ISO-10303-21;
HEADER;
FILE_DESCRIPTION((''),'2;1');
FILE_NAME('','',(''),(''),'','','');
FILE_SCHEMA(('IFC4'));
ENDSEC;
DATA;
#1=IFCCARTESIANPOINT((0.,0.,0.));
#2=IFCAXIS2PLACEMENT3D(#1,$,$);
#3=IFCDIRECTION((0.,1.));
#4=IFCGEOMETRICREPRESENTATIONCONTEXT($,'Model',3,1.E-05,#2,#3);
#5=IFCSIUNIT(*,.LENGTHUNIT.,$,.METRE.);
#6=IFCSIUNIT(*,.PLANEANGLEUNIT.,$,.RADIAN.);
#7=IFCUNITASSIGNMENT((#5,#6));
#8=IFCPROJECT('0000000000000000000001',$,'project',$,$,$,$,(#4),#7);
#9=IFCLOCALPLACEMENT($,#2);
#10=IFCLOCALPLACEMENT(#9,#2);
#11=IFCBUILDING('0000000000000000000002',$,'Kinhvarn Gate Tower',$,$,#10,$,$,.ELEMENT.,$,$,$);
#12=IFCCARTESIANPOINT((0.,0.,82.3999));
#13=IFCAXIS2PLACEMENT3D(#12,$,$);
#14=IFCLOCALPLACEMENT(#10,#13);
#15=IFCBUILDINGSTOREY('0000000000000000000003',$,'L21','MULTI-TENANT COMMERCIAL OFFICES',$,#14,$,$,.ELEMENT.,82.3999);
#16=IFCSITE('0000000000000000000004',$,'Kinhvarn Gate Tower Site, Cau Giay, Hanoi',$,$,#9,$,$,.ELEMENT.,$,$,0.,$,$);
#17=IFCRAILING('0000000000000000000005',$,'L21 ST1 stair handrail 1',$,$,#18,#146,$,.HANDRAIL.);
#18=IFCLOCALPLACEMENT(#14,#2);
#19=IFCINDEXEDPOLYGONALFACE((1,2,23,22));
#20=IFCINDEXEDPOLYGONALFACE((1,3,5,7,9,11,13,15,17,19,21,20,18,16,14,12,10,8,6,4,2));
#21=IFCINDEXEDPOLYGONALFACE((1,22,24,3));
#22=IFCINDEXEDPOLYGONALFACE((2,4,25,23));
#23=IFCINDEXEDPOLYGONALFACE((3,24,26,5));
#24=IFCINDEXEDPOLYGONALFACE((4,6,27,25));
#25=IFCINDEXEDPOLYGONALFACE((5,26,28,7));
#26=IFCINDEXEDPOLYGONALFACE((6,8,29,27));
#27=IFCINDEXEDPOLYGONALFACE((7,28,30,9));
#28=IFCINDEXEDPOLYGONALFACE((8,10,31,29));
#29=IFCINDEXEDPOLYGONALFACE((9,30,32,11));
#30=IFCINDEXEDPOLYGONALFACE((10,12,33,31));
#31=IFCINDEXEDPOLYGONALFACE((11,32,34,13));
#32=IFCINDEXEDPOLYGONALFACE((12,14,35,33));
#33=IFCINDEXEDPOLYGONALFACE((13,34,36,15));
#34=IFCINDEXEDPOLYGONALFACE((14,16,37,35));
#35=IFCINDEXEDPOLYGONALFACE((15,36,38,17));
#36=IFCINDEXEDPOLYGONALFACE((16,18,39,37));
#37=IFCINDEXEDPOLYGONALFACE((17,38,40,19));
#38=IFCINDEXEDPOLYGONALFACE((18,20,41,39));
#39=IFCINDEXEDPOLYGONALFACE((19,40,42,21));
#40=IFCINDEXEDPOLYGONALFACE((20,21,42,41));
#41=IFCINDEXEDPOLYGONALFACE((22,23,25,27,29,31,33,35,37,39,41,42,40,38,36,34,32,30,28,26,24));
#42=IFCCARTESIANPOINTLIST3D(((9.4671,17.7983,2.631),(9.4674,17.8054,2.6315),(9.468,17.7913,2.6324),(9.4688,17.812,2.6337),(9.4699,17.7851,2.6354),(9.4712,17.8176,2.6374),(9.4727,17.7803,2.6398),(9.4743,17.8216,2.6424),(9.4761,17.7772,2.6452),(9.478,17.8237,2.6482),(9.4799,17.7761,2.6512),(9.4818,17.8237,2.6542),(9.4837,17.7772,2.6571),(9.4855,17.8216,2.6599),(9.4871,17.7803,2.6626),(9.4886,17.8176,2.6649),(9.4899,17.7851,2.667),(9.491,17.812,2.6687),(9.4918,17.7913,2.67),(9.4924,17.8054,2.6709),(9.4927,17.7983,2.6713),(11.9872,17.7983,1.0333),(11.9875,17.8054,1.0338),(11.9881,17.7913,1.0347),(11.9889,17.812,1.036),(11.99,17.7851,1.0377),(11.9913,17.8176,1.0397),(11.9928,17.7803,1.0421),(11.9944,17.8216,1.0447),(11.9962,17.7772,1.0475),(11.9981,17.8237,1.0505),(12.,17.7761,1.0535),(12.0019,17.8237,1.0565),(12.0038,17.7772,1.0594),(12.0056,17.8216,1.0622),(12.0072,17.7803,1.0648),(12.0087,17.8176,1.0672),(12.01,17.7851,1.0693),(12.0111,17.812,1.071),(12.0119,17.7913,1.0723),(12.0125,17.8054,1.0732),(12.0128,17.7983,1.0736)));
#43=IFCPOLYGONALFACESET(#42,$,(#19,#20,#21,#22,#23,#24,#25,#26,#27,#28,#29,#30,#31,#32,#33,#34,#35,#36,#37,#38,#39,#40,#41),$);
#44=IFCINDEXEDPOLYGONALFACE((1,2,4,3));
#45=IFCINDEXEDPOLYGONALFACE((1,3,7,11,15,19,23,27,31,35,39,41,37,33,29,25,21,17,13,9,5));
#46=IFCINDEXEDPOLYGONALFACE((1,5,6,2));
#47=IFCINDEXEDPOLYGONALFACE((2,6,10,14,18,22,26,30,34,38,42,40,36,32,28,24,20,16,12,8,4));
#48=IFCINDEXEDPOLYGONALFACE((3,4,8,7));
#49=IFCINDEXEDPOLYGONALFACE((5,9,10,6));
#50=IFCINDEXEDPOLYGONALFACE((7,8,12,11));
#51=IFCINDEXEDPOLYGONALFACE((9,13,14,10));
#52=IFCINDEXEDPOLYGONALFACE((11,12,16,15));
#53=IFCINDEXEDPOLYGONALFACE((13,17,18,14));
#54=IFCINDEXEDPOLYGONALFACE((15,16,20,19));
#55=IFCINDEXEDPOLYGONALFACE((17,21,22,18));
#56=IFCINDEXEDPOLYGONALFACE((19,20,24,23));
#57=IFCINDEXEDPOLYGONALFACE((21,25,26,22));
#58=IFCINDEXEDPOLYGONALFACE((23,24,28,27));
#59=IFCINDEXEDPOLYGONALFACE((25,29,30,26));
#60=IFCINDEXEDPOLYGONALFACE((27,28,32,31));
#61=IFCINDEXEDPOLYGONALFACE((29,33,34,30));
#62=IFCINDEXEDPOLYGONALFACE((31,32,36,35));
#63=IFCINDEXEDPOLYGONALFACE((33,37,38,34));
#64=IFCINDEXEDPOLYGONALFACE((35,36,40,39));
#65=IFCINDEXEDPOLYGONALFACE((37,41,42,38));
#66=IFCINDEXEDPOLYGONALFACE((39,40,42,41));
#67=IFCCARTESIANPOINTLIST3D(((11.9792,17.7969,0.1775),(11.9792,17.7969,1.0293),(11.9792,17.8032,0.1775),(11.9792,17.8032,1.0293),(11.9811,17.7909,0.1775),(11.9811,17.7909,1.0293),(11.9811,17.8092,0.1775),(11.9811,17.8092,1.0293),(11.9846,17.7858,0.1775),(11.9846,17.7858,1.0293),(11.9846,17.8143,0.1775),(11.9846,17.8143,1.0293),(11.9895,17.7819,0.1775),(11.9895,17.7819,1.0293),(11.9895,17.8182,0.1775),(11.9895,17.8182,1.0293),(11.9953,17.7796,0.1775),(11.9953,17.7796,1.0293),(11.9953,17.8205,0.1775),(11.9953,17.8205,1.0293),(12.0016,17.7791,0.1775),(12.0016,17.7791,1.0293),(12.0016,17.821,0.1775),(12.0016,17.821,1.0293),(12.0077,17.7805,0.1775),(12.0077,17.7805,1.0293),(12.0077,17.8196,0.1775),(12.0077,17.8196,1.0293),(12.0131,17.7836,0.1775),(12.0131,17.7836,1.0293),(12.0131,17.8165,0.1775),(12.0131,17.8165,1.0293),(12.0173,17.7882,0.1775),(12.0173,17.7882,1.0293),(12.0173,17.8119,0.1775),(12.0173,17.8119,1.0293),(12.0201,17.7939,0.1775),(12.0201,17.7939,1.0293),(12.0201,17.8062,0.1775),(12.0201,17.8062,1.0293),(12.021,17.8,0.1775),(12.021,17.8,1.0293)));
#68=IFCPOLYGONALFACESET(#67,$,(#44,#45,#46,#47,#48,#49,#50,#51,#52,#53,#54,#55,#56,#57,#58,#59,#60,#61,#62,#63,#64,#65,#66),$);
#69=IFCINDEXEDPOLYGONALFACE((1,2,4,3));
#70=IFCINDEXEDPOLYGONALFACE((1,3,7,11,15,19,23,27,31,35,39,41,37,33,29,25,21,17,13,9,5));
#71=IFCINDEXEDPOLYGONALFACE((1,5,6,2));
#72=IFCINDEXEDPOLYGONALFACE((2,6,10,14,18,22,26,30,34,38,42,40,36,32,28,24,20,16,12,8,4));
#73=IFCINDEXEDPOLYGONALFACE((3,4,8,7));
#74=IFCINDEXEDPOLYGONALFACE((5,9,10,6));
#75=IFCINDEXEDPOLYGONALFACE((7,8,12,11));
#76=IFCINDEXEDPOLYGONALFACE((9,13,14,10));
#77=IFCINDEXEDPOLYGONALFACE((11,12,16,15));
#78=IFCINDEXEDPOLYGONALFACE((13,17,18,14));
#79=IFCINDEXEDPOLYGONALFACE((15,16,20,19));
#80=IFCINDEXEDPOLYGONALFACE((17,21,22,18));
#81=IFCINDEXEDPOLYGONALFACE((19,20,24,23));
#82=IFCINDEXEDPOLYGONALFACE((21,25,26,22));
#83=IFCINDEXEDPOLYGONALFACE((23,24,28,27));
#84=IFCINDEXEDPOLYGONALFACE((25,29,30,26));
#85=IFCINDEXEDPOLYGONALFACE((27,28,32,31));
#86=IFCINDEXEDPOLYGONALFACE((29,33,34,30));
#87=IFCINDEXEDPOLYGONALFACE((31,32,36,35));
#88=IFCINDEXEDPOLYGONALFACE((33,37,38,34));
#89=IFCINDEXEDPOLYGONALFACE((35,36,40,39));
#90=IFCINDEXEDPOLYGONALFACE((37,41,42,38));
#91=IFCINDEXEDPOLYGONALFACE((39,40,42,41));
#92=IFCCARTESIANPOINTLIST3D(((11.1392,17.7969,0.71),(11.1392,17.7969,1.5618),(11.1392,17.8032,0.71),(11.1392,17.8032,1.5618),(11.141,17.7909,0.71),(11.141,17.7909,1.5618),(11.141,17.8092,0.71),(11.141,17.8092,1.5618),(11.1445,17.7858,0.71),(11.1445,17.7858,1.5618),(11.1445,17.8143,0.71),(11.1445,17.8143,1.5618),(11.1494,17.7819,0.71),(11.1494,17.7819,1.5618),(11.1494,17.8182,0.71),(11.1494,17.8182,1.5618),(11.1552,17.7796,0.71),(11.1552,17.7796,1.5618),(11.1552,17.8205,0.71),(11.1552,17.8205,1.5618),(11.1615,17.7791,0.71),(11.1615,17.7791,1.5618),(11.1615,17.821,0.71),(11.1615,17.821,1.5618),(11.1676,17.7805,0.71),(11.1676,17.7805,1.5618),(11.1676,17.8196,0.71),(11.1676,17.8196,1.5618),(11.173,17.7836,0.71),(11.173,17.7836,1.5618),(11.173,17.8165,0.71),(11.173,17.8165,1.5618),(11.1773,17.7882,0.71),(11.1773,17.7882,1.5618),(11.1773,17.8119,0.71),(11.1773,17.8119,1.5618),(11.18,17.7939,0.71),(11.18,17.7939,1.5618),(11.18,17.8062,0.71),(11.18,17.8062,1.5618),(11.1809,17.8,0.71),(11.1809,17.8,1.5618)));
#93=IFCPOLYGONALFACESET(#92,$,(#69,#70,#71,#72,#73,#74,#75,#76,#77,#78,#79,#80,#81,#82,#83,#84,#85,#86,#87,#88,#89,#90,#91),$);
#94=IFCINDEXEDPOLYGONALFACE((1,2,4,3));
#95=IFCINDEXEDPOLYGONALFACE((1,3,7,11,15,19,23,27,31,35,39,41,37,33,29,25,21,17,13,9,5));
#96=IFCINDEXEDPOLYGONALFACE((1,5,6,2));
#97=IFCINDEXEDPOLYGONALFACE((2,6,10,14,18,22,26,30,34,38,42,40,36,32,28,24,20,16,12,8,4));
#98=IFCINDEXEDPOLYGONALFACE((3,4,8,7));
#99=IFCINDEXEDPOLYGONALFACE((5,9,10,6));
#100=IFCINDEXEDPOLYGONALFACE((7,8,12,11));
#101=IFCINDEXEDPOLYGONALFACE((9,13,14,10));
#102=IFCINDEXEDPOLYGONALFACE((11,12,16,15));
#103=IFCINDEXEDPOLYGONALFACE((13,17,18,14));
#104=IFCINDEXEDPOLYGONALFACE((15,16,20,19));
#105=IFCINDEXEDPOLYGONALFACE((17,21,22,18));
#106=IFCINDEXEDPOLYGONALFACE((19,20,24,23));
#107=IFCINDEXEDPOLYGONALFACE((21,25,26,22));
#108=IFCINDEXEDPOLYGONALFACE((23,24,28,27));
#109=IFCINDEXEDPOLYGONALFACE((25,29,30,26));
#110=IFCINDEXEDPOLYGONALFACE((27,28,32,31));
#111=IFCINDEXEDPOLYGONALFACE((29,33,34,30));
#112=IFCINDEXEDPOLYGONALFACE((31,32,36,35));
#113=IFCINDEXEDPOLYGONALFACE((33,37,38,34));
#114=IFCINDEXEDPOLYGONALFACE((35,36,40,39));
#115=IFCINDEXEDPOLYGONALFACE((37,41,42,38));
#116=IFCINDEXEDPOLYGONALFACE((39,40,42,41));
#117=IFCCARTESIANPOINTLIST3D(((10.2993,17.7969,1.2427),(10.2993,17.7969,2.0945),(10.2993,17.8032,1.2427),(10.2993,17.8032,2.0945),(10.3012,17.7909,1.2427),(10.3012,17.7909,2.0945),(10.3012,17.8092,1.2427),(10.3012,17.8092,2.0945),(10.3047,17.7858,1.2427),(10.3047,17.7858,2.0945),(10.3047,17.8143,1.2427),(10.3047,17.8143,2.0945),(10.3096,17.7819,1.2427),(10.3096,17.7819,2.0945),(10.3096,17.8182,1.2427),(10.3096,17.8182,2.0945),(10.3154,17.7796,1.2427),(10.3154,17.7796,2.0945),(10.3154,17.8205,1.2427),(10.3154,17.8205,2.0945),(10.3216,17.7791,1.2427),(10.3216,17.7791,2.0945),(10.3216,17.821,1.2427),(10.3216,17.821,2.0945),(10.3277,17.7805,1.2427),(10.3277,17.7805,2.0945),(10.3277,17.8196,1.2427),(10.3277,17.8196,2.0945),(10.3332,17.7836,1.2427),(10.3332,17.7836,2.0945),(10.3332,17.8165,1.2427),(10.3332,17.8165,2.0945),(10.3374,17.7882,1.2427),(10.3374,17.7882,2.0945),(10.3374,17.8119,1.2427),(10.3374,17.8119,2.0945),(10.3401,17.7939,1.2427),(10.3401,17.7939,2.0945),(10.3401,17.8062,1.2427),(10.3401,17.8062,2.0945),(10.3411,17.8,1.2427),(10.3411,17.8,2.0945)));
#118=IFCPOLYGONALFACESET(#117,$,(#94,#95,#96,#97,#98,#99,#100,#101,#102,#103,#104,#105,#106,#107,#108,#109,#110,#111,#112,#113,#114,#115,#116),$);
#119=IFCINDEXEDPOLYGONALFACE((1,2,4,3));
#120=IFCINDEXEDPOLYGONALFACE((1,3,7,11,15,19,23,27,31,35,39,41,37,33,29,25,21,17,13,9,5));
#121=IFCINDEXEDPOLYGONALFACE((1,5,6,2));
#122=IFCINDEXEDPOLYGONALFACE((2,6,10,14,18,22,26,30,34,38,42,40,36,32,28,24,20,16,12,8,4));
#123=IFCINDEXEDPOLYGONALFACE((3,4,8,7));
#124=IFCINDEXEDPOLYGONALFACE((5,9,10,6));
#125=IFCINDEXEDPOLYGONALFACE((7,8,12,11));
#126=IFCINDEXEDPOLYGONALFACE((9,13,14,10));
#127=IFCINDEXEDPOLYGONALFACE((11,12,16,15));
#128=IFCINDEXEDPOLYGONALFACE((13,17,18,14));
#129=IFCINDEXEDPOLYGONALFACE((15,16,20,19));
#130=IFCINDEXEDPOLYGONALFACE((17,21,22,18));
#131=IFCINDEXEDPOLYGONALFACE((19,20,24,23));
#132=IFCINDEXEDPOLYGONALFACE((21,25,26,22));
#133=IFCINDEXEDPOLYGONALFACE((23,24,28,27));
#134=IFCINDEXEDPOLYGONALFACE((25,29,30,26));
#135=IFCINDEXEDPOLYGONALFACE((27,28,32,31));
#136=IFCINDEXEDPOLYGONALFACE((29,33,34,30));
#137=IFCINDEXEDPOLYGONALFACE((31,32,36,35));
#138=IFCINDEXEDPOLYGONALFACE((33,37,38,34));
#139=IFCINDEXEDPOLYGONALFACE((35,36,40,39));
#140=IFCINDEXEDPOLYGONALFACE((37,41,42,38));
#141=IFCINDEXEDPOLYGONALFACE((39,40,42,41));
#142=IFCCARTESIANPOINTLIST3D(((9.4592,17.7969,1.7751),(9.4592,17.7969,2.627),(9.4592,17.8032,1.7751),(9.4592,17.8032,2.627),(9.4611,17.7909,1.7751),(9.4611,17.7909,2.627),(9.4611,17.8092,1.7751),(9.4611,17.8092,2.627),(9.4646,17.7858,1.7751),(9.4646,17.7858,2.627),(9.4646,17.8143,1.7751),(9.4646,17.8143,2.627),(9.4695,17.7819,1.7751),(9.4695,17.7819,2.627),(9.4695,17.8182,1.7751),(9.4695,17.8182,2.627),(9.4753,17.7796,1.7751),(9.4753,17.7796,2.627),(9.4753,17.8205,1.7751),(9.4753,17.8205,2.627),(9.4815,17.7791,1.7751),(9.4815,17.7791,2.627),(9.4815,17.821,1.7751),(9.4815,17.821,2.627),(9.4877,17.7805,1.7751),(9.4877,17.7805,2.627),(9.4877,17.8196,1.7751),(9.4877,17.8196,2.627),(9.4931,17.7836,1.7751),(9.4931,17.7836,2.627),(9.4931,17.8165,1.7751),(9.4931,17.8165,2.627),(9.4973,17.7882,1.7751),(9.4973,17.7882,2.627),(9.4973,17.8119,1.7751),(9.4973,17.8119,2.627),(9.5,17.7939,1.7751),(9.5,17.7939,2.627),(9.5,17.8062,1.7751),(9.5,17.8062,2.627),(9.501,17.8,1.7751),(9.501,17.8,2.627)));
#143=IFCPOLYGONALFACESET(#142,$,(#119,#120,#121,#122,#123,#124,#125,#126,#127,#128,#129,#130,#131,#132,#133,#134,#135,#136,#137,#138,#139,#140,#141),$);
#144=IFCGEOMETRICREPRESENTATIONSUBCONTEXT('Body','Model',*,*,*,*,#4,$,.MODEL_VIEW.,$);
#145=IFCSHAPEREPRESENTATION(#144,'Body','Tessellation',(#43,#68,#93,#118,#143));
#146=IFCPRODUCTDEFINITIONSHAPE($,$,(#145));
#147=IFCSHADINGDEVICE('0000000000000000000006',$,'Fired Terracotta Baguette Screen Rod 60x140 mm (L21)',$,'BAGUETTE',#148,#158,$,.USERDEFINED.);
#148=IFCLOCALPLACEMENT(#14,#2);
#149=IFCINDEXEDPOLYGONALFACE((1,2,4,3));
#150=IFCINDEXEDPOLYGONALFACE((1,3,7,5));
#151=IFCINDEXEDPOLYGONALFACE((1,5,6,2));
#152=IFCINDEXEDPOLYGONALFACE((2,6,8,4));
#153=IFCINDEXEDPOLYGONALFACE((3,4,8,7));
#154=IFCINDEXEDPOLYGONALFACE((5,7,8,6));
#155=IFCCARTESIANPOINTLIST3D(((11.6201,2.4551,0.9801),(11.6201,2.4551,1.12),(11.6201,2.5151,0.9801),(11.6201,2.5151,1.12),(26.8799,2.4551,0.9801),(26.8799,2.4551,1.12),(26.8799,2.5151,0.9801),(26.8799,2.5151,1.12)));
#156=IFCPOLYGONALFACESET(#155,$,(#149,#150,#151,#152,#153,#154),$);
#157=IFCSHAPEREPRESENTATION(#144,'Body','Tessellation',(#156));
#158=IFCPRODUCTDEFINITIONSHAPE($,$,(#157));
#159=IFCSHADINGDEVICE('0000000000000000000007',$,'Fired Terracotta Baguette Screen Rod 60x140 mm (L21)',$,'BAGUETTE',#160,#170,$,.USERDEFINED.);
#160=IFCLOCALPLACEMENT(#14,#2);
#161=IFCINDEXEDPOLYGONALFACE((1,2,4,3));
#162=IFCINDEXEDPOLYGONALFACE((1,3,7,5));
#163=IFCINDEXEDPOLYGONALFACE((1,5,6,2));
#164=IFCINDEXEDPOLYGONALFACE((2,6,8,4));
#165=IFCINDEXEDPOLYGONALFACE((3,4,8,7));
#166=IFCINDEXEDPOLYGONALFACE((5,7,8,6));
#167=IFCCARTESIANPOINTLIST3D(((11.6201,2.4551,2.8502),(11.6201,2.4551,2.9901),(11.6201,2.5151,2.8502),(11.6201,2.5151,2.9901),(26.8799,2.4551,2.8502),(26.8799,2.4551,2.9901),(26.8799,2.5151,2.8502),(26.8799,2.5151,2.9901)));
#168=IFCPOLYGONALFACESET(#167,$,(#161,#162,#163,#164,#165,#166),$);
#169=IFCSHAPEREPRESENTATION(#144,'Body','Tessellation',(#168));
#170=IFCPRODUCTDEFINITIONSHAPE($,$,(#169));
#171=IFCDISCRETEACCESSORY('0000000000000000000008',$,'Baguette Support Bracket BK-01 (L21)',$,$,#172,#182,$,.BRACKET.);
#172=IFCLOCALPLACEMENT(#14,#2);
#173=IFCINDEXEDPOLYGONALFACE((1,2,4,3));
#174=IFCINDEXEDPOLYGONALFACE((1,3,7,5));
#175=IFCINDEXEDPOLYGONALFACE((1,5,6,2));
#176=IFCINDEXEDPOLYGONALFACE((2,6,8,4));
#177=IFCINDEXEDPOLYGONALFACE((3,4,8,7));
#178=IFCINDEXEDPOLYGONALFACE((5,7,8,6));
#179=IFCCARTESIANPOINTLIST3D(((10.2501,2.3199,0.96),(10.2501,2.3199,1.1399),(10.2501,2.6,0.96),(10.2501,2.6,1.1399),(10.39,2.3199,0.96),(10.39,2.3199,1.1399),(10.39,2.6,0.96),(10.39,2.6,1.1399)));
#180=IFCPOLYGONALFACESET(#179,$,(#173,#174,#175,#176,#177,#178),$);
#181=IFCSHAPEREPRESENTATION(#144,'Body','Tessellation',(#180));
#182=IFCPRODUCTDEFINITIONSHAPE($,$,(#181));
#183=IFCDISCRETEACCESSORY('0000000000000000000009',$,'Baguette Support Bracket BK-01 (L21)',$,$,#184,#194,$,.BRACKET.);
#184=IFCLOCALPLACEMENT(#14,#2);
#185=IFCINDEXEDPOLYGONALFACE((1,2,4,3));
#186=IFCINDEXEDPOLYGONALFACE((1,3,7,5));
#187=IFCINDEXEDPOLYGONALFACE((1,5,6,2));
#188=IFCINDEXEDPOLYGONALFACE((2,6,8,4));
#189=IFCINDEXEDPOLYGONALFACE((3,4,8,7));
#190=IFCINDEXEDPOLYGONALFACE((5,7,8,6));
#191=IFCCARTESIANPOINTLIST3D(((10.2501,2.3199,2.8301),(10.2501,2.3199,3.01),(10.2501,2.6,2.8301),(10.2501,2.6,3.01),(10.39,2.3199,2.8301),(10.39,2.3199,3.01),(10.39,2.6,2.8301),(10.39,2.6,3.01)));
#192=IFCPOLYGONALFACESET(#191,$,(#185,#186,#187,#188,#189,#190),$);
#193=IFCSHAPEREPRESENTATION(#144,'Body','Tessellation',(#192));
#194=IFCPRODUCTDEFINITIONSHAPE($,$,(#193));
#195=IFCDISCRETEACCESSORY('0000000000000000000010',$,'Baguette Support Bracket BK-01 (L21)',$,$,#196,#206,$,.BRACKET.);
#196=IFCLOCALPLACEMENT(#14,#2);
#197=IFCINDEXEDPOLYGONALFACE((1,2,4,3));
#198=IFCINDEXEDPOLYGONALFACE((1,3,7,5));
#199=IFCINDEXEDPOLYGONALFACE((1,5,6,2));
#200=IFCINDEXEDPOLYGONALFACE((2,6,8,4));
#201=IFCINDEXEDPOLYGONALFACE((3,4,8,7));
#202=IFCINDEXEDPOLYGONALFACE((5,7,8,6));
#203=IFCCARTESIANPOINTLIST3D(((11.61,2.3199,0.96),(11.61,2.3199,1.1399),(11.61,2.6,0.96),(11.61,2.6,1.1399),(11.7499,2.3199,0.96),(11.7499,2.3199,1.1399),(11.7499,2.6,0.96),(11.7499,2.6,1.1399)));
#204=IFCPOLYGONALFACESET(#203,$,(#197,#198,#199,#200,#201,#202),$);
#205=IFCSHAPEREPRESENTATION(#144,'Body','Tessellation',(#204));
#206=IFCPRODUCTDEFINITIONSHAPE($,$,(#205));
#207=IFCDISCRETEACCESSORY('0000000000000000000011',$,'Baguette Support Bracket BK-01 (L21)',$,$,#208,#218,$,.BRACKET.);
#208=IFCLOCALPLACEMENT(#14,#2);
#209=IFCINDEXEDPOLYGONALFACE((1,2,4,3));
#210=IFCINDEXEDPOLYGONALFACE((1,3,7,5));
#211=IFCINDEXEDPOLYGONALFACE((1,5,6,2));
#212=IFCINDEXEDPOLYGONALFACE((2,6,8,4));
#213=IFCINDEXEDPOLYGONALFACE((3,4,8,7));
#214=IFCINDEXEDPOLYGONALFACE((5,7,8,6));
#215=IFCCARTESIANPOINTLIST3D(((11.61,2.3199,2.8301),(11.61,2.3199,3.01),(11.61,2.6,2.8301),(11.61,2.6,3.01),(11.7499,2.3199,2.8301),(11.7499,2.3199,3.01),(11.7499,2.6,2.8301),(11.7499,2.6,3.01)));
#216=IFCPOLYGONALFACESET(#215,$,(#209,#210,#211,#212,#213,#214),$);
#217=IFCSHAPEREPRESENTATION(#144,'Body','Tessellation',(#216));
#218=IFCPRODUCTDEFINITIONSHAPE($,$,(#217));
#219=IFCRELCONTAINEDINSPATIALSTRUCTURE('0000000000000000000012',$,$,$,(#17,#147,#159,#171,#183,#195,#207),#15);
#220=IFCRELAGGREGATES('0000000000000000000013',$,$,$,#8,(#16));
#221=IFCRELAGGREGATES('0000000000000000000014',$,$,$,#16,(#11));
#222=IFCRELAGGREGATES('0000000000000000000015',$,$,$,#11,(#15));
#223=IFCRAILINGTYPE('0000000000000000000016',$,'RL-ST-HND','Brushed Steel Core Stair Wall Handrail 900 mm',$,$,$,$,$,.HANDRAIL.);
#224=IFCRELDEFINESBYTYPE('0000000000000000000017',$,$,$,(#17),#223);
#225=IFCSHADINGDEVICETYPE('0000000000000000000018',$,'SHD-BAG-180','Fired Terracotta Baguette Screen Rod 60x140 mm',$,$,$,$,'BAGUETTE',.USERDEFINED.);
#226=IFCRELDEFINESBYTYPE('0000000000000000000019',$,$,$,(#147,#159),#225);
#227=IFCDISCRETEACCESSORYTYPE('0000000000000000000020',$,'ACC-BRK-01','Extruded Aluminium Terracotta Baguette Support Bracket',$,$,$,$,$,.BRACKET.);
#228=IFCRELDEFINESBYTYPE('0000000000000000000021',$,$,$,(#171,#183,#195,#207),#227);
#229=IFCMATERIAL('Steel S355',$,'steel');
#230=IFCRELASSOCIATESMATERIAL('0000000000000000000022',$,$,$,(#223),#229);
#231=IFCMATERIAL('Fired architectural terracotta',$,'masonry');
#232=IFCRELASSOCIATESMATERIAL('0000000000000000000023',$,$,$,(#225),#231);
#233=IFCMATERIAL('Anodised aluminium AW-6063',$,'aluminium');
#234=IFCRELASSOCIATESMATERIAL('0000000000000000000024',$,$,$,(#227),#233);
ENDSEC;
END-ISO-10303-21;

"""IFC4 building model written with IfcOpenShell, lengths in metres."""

from ifc_helpers import new_model, si_unit, direction, frame, origin, origin_2d, place, context, subcontext, project, spatial, rectangle, circle, extrude, material, material_profile, profile_set, type_object, element, save


model = new_model("IFC4")

# Units and contexts
model_context = context("Model", 3, precision=1e-05, world=origin(), true_north=direction((0.0, 1.0)))
body_context = subcontext(model_context, "Body", "Model", "MODEL_VIEW")
ifc_project = project(units=[si_unit("LENGTHUNIT", "METRE"), si_unit("PLANEANGLEUNIT", "RADIAN")], contexts=[model_context])

# Site, building, storey
site_placement = place(None, origin())
site = spatial("IfcSite", under=ifc_project, at=site_placement, Name="Kinhvarn Gate Tower Site, Cau Giay, Hanoi", CompositionType="ELEMENT", RefElevation=0.0)
building_placement = place(site_placement, origin())
building = spatial("IfcBuilding", under=site, at=building_placement, Name="Kinhvarn Gate Tower", CompositionType="ELEMENT")
storey_placement = place(building_placement, frame((0.0, 0.0, 82.3999)))
storey = spatial("IfcBuildingStorey", under=building, at=storey_placement, Name="L21", Description="MULTI-TENANT COMMERCIAL OFFICES", CompositionType="ELEMENT", Elevation=82.3999)

# Shared definitions
ifc_material_1 = material(Name="Anodised aluminium AW-6063", Category="aluminium")

# Shared definitions
ifc_material_2 = material(Name="Steel S355", Category="steel")

# Railing
railing_type_1 = type_object("IfcRailingType", Name="RL-ST-HND", Description="Brushed Steel Core Stair Wall Handrail 900 mm", PredefinedType="HANDRAIL", material=ifc_material_2)
railing_1_placement = place(storey_placement, frame((12.0, 17.8, 0.1775)))
element("IfcRailing", 1, at=railing_1_placement, inside=storey, type_object=railing_type_1, Name="L21 ST1 stair handrail 1", PredefinedType="HANDRAIL", context=body_context, shape_type="SweptSolid", body=[
    extrude(circle(Radius=0.0239, at=origin_2d()), frame((0.0, 0.0, 0.876), z_axis=(-0.84457, 0.0, 0.535445), x_axis=(0.0, -1.0, 0.0)), (0.0, 0.0, 1.0), 2.9839),
    extrude(circle(Radius=0.021, at=origin_2d()), origin(), (0.0, 0.0, 1.0), 0.8518),
    extrude(circle(Radius=0.021, at=origin_2d()), frame((-0.8401, 0.0, 0.5325)), (0.0, 0.0, 1.0), 0.8518),
    extrude(circle(Radius=0.021, at=origin_2d()), frame((-1.6799, 0.0, 1.0652)), (0.0, 0.0, 1.0), 0.8518),
    extrude(circle(Radius=0.021, at=origin_2d()), frame((-2.52, 0.0, 1.5977)), (0.0, 0.0, 1.0), 0.8518),
])

# Shading devices
ifc_material_3 = material(Name="Fired architectural terracotta", Category="masonry")
ifc_material_profile_1 = material_profile(ifc_material_3, rectangle(XDim=0.0601, YDim=0.1399, at=origin_2d()), Name="TC 60x140")
ifc_profile_set_1 = profile_set([ifc_material_profile_1], Name="Fired architectural terracotta")
shading_device_type = type_object("IfcShadingDeviceType", Name="SHD-BAG-180", Description="Fired Terracotta Baguette Screen Rod 60x140 mm", ElementType="BAGUETTE", PredefinedType="USERDEFINED", material=ifc_profile_set_1)
for number, where, z_axis, x_axis, name in (
    (2, (11.6201, 2.4851, 1.05), (1.0, 0.0, 0.0), (0.0, 1.0, 0.0), "Fired Terracotta Baguette Screen Rod 60x140 mm (L21)"),
    (3, (11.6201, 2.4851, 2.9202), (1.0, 0.0, 0.0), (0.0, 1.0, 0.0), "Fired Terracotta Baguette Screen Rod 60x140 mm (L21)"),
):
    element("IfcShadingDevice", number, at=place(storey_placement, frame(where, z_axis=z_axis, x_axis=x_axis)), inside=storey, type_object=shading_device_type, Name=name, ObjectType="BAGUETTE", PredefinedType="USERDEFINED", context=body_context, shape_type="SweptSolid", body=[
        extrude(rectangle(XDim=0.0601, YDim=0.1399, at=origin_2d()), origin(), (0.0, 0.0, 1.0), 15.2598),
    ])

# Discrete accessories
discrete_accessory_type = type_object("IfcDiscreteAccessoryType", Name="ACC-BRK-01", Description="Extruded Aluminium Terracotta Baguette Support Bracket", PredefinedType="BRACKET", material=ifc_material_1)
for number, where, z_axis, x_axis, name in (
    (4, (10.3201, 2.46, 0.96), (0.0, 0.0, 1.0), (1.0, 0.0, 0.0), "Baguette Support Bracket BK-01 (L21)"),
    (5, (10.3201, 2.46, 2.8301), (0.0, 0.0, 1.0), (1.0, 0.0, 0.0), "Baguette Support Bracket BK-01 (L21)"),
    (6, (11.6799, 2.46, 0.96), (0.0, 0.0, 1.0), (1.0, 0.0, 0.0), "Baguette Support Bracket BK-01 (L21)"),
    (7, (11.6799, 2.46, 2.8301), (0.0, 0.0, 1.0), (1.0, 0.0, 0.0), "Baguette Support Bracket BK-01 (L21)"),
):
    element("IfcDiscreteAccessory", number, at=place(storey_placement, frame(where, z_axis=z_axis, x_axis=x_axis)), inside=storey, type_object=discrete_accessory_type, Name=name, PredefinedType="BRACKET", context=body_context, shape_type="SweptSolid", body=[
        extrude(rectangle(XDim=0.1399, YDim=0.28, at=origin_2d()), origin(), (0.0, 0.0, 1.0), 0.1799),
    ])

save(model, "model.ifc")
